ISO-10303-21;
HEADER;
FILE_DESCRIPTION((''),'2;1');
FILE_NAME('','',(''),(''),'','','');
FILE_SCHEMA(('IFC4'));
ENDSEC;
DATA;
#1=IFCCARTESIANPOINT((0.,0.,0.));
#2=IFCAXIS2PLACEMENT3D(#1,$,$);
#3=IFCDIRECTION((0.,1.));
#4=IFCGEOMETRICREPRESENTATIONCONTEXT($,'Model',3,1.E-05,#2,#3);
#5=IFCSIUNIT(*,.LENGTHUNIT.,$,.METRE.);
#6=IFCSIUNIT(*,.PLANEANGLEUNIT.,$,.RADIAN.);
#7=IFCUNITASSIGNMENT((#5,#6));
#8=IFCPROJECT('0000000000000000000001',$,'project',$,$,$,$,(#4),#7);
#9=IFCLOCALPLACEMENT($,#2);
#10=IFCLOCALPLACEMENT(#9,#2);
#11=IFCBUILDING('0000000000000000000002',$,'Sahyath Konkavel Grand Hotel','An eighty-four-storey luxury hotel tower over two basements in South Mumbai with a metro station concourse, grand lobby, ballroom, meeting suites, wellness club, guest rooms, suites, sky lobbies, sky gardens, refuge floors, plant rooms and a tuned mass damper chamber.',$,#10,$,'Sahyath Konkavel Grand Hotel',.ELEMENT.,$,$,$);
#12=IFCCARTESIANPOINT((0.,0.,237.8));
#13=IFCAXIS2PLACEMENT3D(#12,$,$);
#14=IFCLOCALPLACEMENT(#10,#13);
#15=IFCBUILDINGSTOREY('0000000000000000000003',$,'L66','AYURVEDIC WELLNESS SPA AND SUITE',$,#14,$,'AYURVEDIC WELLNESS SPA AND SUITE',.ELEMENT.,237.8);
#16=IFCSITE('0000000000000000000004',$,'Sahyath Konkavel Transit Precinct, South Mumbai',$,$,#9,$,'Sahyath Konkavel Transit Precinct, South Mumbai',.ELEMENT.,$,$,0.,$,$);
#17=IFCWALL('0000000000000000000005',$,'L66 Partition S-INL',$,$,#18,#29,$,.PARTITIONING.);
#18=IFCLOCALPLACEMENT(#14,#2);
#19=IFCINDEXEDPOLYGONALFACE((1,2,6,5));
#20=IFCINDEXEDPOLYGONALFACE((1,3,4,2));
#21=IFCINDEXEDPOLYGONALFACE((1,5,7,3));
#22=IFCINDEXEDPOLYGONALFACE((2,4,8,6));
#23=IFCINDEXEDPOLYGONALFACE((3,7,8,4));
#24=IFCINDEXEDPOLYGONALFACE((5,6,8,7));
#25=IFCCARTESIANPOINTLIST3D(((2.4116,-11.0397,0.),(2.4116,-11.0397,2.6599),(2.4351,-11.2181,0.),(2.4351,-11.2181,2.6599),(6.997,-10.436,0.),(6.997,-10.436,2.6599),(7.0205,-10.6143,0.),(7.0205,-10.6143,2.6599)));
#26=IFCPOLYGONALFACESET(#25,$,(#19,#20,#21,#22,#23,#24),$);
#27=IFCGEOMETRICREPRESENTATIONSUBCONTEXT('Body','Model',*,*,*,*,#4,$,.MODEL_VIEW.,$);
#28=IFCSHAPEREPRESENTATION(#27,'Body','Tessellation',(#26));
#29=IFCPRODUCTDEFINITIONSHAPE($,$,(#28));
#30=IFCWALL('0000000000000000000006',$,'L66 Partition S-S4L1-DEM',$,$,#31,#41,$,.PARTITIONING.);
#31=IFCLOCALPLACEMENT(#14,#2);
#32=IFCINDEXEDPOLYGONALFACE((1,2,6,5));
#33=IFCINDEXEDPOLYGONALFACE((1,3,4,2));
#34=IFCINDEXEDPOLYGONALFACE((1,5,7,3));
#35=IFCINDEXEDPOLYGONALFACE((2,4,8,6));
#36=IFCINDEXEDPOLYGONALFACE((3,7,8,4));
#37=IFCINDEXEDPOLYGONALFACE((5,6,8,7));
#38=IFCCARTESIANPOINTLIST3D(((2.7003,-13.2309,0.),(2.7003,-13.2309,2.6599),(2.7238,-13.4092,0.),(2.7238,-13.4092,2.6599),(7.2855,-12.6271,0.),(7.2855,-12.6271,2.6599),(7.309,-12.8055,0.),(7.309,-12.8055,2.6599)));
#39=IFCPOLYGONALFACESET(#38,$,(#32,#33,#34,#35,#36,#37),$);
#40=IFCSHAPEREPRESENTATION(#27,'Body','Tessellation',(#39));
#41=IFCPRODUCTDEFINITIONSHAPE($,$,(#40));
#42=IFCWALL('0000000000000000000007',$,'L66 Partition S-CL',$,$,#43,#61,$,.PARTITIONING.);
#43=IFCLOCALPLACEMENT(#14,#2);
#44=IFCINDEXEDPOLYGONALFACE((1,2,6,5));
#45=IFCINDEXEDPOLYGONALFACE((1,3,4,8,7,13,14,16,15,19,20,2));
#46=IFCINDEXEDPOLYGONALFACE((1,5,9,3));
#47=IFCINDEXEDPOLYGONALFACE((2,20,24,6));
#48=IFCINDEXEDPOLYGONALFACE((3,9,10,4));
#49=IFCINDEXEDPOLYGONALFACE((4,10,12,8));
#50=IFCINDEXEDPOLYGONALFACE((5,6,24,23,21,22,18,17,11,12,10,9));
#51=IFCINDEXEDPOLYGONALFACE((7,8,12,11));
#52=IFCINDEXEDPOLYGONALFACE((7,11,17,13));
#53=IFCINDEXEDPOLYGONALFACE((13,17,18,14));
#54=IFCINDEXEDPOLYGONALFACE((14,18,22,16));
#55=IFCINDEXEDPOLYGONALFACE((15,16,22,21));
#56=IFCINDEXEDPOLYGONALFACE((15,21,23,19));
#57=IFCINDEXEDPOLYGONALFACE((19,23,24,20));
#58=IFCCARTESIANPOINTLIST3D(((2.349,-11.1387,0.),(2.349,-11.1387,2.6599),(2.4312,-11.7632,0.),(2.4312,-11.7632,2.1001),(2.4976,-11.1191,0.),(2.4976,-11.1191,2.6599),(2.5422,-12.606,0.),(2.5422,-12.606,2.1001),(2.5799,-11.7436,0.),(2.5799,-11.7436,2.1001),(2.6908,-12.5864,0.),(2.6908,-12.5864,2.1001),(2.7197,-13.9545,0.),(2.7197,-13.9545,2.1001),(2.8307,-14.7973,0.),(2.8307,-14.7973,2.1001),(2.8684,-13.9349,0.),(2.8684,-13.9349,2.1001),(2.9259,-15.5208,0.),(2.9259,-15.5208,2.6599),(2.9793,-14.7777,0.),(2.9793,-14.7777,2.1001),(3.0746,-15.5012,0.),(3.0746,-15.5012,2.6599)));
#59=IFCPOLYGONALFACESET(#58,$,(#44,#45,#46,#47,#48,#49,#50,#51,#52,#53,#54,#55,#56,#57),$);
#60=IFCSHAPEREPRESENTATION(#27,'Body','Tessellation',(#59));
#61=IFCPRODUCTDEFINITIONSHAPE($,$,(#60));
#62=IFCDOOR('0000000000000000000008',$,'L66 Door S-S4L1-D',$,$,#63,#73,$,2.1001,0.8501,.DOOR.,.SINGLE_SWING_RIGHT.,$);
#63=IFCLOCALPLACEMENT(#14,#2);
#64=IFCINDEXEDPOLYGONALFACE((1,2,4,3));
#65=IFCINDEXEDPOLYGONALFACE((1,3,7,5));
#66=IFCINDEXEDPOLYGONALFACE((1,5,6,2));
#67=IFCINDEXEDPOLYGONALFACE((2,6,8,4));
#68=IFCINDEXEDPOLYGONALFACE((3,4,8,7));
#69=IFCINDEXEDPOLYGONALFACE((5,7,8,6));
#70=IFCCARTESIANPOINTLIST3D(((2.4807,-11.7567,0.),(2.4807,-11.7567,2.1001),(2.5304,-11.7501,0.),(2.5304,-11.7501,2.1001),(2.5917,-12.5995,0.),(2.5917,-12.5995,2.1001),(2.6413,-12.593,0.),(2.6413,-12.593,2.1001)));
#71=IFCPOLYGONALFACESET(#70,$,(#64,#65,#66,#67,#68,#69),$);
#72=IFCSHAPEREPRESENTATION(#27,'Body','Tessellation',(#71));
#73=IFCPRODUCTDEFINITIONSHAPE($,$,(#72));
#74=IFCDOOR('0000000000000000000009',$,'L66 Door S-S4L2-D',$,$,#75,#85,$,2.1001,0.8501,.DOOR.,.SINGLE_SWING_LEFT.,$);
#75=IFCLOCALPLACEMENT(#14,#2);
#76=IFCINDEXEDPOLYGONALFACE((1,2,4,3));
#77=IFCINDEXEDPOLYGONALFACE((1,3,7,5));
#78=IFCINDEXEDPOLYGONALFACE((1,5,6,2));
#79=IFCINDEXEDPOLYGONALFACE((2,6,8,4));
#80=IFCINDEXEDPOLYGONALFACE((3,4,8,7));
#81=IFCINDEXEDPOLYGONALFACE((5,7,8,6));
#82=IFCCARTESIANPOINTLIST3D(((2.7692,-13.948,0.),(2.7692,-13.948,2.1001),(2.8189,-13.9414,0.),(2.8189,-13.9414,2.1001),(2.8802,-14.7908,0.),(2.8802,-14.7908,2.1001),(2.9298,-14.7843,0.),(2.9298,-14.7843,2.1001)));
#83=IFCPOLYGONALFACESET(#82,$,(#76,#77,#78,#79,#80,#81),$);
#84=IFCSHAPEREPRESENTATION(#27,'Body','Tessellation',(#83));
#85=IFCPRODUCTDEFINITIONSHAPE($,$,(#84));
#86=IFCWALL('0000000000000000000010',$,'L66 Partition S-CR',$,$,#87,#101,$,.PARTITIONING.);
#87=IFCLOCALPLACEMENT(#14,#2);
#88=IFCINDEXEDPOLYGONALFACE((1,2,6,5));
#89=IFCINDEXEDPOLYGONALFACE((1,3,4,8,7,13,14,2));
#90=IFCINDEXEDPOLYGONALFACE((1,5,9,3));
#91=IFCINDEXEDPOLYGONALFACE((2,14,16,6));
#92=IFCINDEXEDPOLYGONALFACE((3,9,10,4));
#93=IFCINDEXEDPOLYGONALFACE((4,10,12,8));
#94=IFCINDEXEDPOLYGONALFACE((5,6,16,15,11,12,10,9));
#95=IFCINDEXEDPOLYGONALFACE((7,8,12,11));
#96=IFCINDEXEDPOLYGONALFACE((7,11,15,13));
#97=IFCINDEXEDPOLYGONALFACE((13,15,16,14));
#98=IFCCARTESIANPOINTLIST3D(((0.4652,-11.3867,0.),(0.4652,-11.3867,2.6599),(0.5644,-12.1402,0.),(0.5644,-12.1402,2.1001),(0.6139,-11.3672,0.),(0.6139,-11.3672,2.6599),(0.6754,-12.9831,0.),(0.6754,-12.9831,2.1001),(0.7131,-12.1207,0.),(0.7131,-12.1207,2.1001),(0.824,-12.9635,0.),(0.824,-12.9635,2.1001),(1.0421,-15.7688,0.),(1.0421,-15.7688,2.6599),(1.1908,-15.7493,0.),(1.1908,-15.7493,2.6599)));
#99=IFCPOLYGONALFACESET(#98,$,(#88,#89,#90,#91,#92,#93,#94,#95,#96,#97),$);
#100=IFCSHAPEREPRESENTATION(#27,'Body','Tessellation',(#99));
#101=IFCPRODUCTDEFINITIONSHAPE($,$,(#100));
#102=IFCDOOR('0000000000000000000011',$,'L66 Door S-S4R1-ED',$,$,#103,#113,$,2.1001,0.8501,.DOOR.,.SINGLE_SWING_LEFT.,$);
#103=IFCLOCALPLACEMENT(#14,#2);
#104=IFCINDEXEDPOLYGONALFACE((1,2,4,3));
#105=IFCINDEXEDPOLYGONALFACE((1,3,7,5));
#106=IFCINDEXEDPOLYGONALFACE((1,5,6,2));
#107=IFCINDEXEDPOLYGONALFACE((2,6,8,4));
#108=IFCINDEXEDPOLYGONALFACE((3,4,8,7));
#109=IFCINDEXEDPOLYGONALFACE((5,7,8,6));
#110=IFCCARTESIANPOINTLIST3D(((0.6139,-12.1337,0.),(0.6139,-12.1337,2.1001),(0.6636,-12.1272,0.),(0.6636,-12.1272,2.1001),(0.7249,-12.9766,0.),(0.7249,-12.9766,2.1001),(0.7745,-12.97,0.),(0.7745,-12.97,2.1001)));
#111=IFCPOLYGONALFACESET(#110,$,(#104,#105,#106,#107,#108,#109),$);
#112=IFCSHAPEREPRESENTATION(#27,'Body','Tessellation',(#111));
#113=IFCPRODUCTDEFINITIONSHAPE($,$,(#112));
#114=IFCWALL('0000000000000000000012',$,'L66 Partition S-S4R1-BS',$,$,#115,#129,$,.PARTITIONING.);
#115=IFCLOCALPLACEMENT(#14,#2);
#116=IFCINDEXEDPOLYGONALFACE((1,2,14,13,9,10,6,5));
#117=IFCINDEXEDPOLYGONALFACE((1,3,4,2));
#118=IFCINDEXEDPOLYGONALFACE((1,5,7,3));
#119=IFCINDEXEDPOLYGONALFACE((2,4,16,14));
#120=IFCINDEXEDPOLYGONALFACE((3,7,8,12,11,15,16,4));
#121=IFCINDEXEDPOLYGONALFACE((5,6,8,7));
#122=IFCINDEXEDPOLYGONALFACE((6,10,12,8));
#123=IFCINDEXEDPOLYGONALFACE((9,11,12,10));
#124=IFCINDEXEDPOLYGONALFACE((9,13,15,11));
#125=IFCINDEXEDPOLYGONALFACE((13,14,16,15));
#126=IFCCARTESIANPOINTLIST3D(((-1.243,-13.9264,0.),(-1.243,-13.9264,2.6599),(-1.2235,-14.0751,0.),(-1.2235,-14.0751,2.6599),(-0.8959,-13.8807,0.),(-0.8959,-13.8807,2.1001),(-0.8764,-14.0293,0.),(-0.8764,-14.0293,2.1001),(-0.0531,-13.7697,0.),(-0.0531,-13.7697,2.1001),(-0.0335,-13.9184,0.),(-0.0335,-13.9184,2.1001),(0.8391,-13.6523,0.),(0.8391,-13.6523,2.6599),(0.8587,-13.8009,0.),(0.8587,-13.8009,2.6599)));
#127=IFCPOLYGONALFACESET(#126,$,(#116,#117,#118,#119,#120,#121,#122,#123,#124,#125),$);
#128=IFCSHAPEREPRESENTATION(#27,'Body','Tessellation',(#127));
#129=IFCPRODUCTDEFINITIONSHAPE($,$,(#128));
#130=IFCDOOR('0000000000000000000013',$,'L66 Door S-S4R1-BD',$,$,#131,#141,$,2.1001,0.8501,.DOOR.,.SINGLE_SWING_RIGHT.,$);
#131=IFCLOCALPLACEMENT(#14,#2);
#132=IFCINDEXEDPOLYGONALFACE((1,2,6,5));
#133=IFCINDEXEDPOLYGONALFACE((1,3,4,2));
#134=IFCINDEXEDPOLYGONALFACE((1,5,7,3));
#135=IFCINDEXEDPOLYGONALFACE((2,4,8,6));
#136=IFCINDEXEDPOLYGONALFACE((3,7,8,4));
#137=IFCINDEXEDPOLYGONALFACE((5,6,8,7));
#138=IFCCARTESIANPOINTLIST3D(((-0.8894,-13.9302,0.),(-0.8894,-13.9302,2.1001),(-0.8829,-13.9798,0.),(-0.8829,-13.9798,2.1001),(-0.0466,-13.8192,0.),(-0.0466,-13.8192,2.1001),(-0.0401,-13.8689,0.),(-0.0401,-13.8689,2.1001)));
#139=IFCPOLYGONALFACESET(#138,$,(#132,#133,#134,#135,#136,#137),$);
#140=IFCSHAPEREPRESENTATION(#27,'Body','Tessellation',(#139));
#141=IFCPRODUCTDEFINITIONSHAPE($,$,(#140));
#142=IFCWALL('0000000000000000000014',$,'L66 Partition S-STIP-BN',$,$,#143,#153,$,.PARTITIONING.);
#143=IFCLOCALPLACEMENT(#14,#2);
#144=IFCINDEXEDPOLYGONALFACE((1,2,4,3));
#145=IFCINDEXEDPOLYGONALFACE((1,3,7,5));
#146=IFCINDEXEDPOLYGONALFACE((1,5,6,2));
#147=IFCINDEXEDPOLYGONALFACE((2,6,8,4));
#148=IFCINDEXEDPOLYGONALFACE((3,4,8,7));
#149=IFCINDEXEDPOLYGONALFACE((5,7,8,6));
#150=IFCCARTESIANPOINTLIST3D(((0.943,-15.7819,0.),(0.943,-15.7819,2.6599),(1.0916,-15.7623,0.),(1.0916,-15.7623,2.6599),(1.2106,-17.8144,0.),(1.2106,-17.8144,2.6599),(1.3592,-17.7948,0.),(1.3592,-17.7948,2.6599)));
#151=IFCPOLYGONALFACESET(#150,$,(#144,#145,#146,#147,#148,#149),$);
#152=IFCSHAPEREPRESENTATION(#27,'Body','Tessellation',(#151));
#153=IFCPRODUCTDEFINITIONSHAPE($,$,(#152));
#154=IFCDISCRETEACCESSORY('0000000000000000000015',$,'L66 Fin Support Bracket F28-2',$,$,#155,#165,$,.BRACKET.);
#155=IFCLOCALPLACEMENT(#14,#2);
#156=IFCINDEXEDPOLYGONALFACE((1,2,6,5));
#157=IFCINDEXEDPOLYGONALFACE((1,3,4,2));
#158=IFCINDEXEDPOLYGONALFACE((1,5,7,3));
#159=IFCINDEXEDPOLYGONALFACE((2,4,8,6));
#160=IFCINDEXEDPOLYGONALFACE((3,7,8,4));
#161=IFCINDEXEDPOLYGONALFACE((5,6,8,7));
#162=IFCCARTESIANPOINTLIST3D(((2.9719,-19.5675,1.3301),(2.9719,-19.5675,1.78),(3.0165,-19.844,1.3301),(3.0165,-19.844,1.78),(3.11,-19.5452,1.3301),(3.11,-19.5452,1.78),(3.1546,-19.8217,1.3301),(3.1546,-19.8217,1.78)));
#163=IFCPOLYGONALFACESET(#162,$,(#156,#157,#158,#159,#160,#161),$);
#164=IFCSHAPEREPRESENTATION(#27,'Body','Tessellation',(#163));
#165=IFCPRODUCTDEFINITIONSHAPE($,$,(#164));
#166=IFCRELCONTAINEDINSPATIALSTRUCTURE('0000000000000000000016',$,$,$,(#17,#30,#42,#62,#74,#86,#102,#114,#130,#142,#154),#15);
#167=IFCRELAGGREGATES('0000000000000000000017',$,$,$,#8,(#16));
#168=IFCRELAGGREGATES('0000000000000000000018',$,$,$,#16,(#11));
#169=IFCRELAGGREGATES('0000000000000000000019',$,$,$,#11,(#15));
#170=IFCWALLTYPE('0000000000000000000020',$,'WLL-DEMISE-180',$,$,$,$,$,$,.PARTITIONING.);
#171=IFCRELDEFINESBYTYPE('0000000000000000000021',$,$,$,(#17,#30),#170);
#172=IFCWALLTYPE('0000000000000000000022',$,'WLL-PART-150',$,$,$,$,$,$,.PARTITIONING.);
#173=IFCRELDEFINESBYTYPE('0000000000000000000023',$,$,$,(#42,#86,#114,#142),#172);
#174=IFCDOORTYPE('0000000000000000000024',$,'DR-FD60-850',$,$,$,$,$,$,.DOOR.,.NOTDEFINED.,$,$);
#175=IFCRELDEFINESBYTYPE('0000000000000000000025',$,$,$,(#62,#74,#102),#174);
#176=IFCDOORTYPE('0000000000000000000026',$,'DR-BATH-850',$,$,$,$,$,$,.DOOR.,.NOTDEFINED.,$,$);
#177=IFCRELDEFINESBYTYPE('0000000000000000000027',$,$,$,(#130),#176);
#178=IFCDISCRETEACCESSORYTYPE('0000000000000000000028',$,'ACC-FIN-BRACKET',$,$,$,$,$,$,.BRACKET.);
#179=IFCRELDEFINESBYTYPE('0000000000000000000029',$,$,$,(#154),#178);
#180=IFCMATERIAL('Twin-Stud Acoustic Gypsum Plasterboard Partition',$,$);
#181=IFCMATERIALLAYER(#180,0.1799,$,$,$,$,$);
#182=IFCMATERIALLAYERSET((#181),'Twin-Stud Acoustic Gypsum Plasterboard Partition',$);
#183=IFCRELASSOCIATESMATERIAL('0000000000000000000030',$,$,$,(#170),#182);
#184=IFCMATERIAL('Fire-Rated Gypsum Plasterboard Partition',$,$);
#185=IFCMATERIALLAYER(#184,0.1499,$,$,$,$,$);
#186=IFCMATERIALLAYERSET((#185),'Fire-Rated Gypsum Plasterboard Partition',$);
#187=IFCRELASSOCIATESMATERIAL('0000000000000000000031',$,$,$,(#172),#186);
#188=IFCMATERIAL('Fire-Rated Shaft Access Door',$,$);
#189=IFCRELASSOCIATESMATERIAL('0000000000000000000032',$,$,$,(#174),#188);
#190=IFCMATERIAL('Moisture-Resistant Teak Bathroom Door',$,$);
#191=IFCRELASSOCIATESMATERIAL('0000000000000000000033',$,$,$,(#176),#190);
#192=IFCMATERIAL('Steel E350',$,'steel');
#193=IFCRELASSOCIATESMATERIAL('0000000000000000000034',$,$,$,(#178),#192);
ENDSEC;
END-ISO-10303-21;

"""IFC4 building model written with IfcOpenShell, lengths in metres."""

from ifc_helpers import new_model, si_unit, direction, frame, frame_2d, origin, origin_2d, place, context, subcontext, project, spatial, rectangle, extrude, source, transform, mapped, material, layer, layer_set, type_object, element, fill, save


model = new_model("IFC4")

# Units and contexts
model_context = context("Model", 3, precision=1e-05, world=origin(), true_north=direction((0.0, 1.0)))
body_context = subcontext(model_context, "Body", "Model", "MODEL_VIEW")
ifc_project = project(units=[si_unit("LENGTHUNIT", "METRE"), si_unit("PLANEANGLEUNIT", "RADIAN")], contexts=[model_context])

# Site, building, storey
site_placement = place(None, origin())
site = spatial("IfcSite", under=ifc_project, at=site_placement, Name="Sahyath Konkavel Transit Precinct, South Mumbai", LongName="Sahyath Konkavel Transit Precinct, South Mumbai", CompositionType="ELEMENT", RefElevation=0.0)
building_placement = place(site_placement, origin())
building = spatial("IfcBuilding", under=site, at=building_placement, Name="Sahyath Konkavel Grand Hotel", Description="An eighty-four-storey luxury hotel tower over two basements in South Mumbai with a metro station concourse, grand lobby, ballroom, meeting suites, wellness club, guest rooms, suites, sky lobbies, sky gardens, refuge floors, plant rooms and a tuned mass damper chamber.", LongName="Sahyath Konkavel Grand Hotel", CompositionType="ELEMENT")
storey_placement = place(building_placement, frame((0.0, 0.0, 237.8)))
storey = spatial("IfcBuildingStorey", under=building, at=storey_placement, Name="L66", Description="AYURVEDIC WELLNESS SPA AND SUITE", LongName="AYURVEDIC WELLNESS SPA AND SUITE", CompositionType="ELEMENT", Elevation=237.8)

# Shared definitions
ifc_material_1 = material(Name="Steel E350", Category="steel")

# Walls
ifc_material_2 = material(Name="Twin-Stud Acoustic Gypsum Plasterboard Partition")
ifc_layer_1 = layer(ifc_material_2, 0.1799)
ifc_layer_set_1 = layer_set([ifc_layer_1], Name="Twin-Stud Acoustic Gypsum Plasterboard Partition")
wall_type_1 = type_object("IfcWallType", Name="WLL-DEMISE-180", PredefinedType="PARTITIONING", material=ifc_layer_set_1)
wall_1_placement = place(storey_placement, frame((2.4233, -11.1289, 0.0), z_axis=(0.0, 0.0, 1.0), x_axis=(0.991443, 0.130542, 0.0)))
element("IfcWall", 1, at=wall_1_placement, inside=storey, type_object=wall_type_1, Name="L66 Partition S-INL", PredefinedType="PARTITIONING", context=body_context, shape_type="SweptSolid", body=[
    extrude(rectangle(XDim=4.625, YDim=0.1799, at=frame_2d((2.3125, 0.0))), origin(), (0.0, 0.0, 1.0), 2.6599),
])
wall_2_placement = place(storey_placement, frame((2.7119, -13.3201, 0.0), z_axis=(0.0, 0.0, 1.0), x_axis=(0.991442, 0.130549, 0.0)))
element("IfcWall", 2, at=wall_2_placement, inside=storey, type_object=wall_type_1, Name="L66 Partition S-S4L1-DEM", PredefinedType="PARTITIONING", context=body_context, shape_type="SweptSolid", body=[
    extrude(rectangle(XDim=4.6248, YDim=0.1799, at=frame_2d((2.3125, 0.0))), origin(), (0.0, 0.0, 1.0), 2.6599),
])

# Wall, openings, doors
ifc_material_3 = material(Name="Fire-Rated Gypsum Plasterboard Partition")
ifc_layer_2 = layer(ifc_material_3, 0.1499)
ifc_layer_set_2 = layer_set([ifc_layer_2], Name="Fire-Rated Gypsum Plasterboard Partition")
wall_type_2 = type_object("IfcWallType", Name="WLL-PART-150", PredefinedType="PARTITIONING", material=ifc_layer_set_2)
wall_3_placement = place(storey_placement, frame((2.4233, -11.1289, 0.0), z_axis=(0.0, 0.0, 1.0), x_axis=(0.130525, -0.991445, 0.0)))
wall_3 = element("IfcWall", 3, at=wall_3_placement, inside=storey, type_object=wall_type_2, Name="L66 Partition S-CL", PredefinedType="PARTITIONING", context=body_context, shape_type="SweptSolid", body=[
    extrude(rectangle(XDim=4.4199, YDim=0.1499, at=frame_2d((2.21, 0.0))), origin(), (0.0, 0.0, 1.0), 2.6599),
])
opening_1_placement = place(wall_3_placement, frame((0.6299, 0.0, 0.0)))
opening_1 = element("IfcOpeningElement", 4, at=opening_1_placement, cuts=wall_3, PredefinedType="OPENING", context=body_context, shape_type="SweptSolid", body=[
    extrude(rectangle(XDim=0.8501, YDim=2.1001, at=frame_2d((0.425, 1.05))), frame((0.0, 0.085, 0.0), z_axis=(0.0, -1.0, 0.0), x_axis=(1.0, 0.0, 0.0)), (0.0, 0.0, 1.0), 0.1699),
])
opening_2_placement = place(wall_3_placement, frame((2.8401, 0.0, 0.0)))
opening_2 = element("IfcOpeningElement", 5, at=opening_2_placement, cuts=wall_3, PredefinedType="OPENING", context=body_context, shape_type="SweptSolid", body=[
    extrude(rectangle(XDim=0.8501, YDim=2.1001, at=frame_2d((0.425, 1.05))), frame((0.0, 0.085, 0.0), z_axis=(0.0, -1.0, 0.0), x_axis=(1.0, 0.0, 0.0)), (0.0, 0.0, 1.0), 0.1699),
])
ifc_material_4 = material(Name="Fire-Rated Shaft Access Door")
door_type_1 = type_object("IfcDoorType", Name="DR-FD60-850", OperationType="NOTDEFINED", PredefinedType="DOOR", material=ifc_material_4)
shared_shape_1 = source(origin(), body_context, "Body", "SweptSolid", [
    extrude(rectangle(XDim=0.8501, YDim=0.05, at=origin_2d()), origin(), (0.0, 0.0, 1.0), 2.1001),
])
door_1_placement = place(opening_1_placement, frame((0.425, 0.0, 0.0)))
door_1 = element("IfcDoor", 6, at=door_1_placement, inside=storey, type_object=door_type_1, Name="L66 Door S-S4L1-D", OperationType="SINGLE_SWING_RIGHT", OverallHeight=2.1001, OverallWidth=0.8501, PredefinedType="DOOR", context=body_context, shape_type="MappedRepresentation", body=[
    mapped(shared_shape_1, transform((0.0, 0.0, 0.0), scale=1.0)),
])
fill(opening_1, door_1)
door_2_placement = place(opening_2_placement, frame((0.425, 0.0, 0.0)))
door_2 = element("IfcDoor", 7, at=door_2_placement, inside=storey, type_object=door_type_1, Name="L66 Door S-S4L2-D", OperationType="SINGLE_SWING_LEFT", OverallHeight=2.1001, OverallWidth=0.8501, PredefinedType="DOOR", context=body_context, shape_type="MappedRepresentation", body=[
    mapped(shared_shape_1, transform((0.0, 0.0, 0.0), scale=1.0)),
])
fill(opening_2, door_2)

# Walls, openings, doors
wall_4_placement = place(storey_placement, frame((0.5396, -11.377, 0.0), z_axis=(0.0, 0.0, 1.0), x_axis=(0.130525, -0.991445, 0.0)))
wall_4 = element("IfcWall", 8, at=wall_4_placement, inside=storey, type_object=wall_type_2, Name="L66 Partition S-CR", PredefinedType="PARTITIONING", context=body_context, shape_type="SweptSolid", body=[
    extrude(rectangle(XDim=4.4199, YDim=0.1499, at=frame_2d((2.21, 0.0))), origin(), (0.0, 0.0, 1.0), 2.6599),
])
opening_3_placement = place(wall_4_placement, frame((0.76, 0.0, 0.0)))
opening_3 = element("IfcOpeningElement", 9, at=opening_3_placement, cuts=wall_4, PredefinedType="OPENING", context=body_context, shape_type="SweptSolid", body=[
    extrude(rectangle(XDim=0.8501, YDim=2.1001, at=frame_2d((0.425, 1.05))), frame((0.0, 0.085, 0.0), z_axis=(0.0, -1.0, 0.0), x_axis=(1.0, 0.0, 0.0)), (0.0, 0.0, 1.0), 0.1699),
])
door_3_placement = place(opening_3_placement, frame((0.425, 0.0, 0.0)))
door_3 = element("IfcDoor", 10, at=door_3_placement, inside=storey, type_object=door_type_1, Name="L66 Door S-S4R1-ED", OperationType="SINGLE_SWING_LEFT", OverallHeight=2.1001, OverallWidth=0.8501, PredefinedType="DOOR", context=body_context, shape_type="MappedRepresentation", body=[
    mapped(shared_shape_1, transform((0.0, 0.0, 0.0), scale=1.0)),
])
fill(opening_3, door_3)
wall_5_placement = place(storey_placement, frame((0.8489, -13.7266, 0.0), z_axis=(0.0, 0.0, 1.0), x_axis=(-0.991441, -0.130557, 0.0)))
wall_5 = element("IfcWall", 11, at=wall_5_placement, inside=storey, type_object=wall_type_2, Name="L66 Partition S-S4R1-BS", PredefinedType="PARTITIONING", context=body_context, shape_type="SweptSolid", body=[
    extrude(rectangle(XDim=2.1001, YDim=0.1499, at=frame_2d((1.05, 0.0))), origin(), (0.0, 0.0, 1.0), 2.6599),
])
opening_4_placement = place(wall_5_placement, frame((0.8999, 0.0, 0.0)))
opening_4 = element("IfcOpeningElement", 12, at=opening_4_placement, cuts=wall_5, PredefinedType="OPENING", context=body_context, shape_type="SweptSolid", body=[
    extrude(rectangle(XDim=0.8501, YDim=2.1001, at=frame_2d((0.425, 1.05))), frame((0.0, 0.085, 0.0), z_axis=(0.0, -1.0, 0.0), x_axis=(1.0, 0.0, 0.0)), (0.0, 0.0, 1.0), 0.1699),
])
ifc_material_5 = material(Name="Moisture-Resistant Teak Bathroom Door")
door_type_2 = type_object("IfcDoorType", Name="DR-BATH-850", OperationType="NOTDEFINED", PredefinedType="DOOR", material=ifc_material_5)
door_4_placement = place(opening_4_placement, frame((0.425, 0.0, 0.0)))
door_4 = element("IfcDoor", 13, at=door_4_placement, inside=storey, type_object=door_type_2, Name="L66 Door S-S4R1-BD", OperationType="SINGLE_SWING_RIGHT", OverallHeight=2.1001, OverallWidth=0.8501, PredefinedType="DOOR", context=body_context, shape_type="MappedRepresentation", body=[
    mapped(shared_shape_1, transform((0.0, 0.0, 0.0), scale=1.0)),
])
fill(opening_4, door_4)

# Wall
wall_6_placement = place(storey_placement, frame((1.0173, -15.7722, 0.0), z_axis=(0.0, 0.0, 1.0), x_axis=(0.130525, -0.991445, 0.0)))
element("IfcWall", 14, at=wall_6_placement, inside=storey, type_object=wall_type_2, Name="L66 Partition S-STIP-BN", PredefinedType="PARTITIONING", context=body_context, shape_type="SweptSolid", body=[
    extrude(rectangle(XDim=2.05, YDim=0.1499, at=frame_2d((1.0249, 0.0))), origin(), (0.0, 0.0, 1.0), 2.6599),
])

# Discrete accessory
discrete_accessory_type = type_object("IfcDiscreteAccessoryType", Name="ACC-FIN-BRACKET", PredefinedType="BRACKET", material=ifc_material_1)
shared_shape_2 = source(origin(), body_context, "Body", "SweptSolid", [
    extrude(rectangle(XDim=0.28, YDim=0.1399, at=origin_2d()), origin(), (0.0, 0.0, 1.0), 0.45),
])
discrete_accessory_placement = place(storey_placement, frame((3.0632, -19.6946, 1.3301), z_axis=(0.0, 0.0, 1.0), x_axis=(0.15945, -0.987206, 0.0)))
element("IfcDiscreteAccessory", 15, at=discrete_accessory_placement, inside=storey, type_object=discrete_accessory_type, Name="L66 Fin Support Bracket F28-2", PredefinedType="BRACKET", context=body_context, shape_type="MappedRepresentation", body=[
    mapped(shared_shape_2, transform((0.0, 0.0, 0.0), scale=1.0)),
])

save(model, "model.ifc")
